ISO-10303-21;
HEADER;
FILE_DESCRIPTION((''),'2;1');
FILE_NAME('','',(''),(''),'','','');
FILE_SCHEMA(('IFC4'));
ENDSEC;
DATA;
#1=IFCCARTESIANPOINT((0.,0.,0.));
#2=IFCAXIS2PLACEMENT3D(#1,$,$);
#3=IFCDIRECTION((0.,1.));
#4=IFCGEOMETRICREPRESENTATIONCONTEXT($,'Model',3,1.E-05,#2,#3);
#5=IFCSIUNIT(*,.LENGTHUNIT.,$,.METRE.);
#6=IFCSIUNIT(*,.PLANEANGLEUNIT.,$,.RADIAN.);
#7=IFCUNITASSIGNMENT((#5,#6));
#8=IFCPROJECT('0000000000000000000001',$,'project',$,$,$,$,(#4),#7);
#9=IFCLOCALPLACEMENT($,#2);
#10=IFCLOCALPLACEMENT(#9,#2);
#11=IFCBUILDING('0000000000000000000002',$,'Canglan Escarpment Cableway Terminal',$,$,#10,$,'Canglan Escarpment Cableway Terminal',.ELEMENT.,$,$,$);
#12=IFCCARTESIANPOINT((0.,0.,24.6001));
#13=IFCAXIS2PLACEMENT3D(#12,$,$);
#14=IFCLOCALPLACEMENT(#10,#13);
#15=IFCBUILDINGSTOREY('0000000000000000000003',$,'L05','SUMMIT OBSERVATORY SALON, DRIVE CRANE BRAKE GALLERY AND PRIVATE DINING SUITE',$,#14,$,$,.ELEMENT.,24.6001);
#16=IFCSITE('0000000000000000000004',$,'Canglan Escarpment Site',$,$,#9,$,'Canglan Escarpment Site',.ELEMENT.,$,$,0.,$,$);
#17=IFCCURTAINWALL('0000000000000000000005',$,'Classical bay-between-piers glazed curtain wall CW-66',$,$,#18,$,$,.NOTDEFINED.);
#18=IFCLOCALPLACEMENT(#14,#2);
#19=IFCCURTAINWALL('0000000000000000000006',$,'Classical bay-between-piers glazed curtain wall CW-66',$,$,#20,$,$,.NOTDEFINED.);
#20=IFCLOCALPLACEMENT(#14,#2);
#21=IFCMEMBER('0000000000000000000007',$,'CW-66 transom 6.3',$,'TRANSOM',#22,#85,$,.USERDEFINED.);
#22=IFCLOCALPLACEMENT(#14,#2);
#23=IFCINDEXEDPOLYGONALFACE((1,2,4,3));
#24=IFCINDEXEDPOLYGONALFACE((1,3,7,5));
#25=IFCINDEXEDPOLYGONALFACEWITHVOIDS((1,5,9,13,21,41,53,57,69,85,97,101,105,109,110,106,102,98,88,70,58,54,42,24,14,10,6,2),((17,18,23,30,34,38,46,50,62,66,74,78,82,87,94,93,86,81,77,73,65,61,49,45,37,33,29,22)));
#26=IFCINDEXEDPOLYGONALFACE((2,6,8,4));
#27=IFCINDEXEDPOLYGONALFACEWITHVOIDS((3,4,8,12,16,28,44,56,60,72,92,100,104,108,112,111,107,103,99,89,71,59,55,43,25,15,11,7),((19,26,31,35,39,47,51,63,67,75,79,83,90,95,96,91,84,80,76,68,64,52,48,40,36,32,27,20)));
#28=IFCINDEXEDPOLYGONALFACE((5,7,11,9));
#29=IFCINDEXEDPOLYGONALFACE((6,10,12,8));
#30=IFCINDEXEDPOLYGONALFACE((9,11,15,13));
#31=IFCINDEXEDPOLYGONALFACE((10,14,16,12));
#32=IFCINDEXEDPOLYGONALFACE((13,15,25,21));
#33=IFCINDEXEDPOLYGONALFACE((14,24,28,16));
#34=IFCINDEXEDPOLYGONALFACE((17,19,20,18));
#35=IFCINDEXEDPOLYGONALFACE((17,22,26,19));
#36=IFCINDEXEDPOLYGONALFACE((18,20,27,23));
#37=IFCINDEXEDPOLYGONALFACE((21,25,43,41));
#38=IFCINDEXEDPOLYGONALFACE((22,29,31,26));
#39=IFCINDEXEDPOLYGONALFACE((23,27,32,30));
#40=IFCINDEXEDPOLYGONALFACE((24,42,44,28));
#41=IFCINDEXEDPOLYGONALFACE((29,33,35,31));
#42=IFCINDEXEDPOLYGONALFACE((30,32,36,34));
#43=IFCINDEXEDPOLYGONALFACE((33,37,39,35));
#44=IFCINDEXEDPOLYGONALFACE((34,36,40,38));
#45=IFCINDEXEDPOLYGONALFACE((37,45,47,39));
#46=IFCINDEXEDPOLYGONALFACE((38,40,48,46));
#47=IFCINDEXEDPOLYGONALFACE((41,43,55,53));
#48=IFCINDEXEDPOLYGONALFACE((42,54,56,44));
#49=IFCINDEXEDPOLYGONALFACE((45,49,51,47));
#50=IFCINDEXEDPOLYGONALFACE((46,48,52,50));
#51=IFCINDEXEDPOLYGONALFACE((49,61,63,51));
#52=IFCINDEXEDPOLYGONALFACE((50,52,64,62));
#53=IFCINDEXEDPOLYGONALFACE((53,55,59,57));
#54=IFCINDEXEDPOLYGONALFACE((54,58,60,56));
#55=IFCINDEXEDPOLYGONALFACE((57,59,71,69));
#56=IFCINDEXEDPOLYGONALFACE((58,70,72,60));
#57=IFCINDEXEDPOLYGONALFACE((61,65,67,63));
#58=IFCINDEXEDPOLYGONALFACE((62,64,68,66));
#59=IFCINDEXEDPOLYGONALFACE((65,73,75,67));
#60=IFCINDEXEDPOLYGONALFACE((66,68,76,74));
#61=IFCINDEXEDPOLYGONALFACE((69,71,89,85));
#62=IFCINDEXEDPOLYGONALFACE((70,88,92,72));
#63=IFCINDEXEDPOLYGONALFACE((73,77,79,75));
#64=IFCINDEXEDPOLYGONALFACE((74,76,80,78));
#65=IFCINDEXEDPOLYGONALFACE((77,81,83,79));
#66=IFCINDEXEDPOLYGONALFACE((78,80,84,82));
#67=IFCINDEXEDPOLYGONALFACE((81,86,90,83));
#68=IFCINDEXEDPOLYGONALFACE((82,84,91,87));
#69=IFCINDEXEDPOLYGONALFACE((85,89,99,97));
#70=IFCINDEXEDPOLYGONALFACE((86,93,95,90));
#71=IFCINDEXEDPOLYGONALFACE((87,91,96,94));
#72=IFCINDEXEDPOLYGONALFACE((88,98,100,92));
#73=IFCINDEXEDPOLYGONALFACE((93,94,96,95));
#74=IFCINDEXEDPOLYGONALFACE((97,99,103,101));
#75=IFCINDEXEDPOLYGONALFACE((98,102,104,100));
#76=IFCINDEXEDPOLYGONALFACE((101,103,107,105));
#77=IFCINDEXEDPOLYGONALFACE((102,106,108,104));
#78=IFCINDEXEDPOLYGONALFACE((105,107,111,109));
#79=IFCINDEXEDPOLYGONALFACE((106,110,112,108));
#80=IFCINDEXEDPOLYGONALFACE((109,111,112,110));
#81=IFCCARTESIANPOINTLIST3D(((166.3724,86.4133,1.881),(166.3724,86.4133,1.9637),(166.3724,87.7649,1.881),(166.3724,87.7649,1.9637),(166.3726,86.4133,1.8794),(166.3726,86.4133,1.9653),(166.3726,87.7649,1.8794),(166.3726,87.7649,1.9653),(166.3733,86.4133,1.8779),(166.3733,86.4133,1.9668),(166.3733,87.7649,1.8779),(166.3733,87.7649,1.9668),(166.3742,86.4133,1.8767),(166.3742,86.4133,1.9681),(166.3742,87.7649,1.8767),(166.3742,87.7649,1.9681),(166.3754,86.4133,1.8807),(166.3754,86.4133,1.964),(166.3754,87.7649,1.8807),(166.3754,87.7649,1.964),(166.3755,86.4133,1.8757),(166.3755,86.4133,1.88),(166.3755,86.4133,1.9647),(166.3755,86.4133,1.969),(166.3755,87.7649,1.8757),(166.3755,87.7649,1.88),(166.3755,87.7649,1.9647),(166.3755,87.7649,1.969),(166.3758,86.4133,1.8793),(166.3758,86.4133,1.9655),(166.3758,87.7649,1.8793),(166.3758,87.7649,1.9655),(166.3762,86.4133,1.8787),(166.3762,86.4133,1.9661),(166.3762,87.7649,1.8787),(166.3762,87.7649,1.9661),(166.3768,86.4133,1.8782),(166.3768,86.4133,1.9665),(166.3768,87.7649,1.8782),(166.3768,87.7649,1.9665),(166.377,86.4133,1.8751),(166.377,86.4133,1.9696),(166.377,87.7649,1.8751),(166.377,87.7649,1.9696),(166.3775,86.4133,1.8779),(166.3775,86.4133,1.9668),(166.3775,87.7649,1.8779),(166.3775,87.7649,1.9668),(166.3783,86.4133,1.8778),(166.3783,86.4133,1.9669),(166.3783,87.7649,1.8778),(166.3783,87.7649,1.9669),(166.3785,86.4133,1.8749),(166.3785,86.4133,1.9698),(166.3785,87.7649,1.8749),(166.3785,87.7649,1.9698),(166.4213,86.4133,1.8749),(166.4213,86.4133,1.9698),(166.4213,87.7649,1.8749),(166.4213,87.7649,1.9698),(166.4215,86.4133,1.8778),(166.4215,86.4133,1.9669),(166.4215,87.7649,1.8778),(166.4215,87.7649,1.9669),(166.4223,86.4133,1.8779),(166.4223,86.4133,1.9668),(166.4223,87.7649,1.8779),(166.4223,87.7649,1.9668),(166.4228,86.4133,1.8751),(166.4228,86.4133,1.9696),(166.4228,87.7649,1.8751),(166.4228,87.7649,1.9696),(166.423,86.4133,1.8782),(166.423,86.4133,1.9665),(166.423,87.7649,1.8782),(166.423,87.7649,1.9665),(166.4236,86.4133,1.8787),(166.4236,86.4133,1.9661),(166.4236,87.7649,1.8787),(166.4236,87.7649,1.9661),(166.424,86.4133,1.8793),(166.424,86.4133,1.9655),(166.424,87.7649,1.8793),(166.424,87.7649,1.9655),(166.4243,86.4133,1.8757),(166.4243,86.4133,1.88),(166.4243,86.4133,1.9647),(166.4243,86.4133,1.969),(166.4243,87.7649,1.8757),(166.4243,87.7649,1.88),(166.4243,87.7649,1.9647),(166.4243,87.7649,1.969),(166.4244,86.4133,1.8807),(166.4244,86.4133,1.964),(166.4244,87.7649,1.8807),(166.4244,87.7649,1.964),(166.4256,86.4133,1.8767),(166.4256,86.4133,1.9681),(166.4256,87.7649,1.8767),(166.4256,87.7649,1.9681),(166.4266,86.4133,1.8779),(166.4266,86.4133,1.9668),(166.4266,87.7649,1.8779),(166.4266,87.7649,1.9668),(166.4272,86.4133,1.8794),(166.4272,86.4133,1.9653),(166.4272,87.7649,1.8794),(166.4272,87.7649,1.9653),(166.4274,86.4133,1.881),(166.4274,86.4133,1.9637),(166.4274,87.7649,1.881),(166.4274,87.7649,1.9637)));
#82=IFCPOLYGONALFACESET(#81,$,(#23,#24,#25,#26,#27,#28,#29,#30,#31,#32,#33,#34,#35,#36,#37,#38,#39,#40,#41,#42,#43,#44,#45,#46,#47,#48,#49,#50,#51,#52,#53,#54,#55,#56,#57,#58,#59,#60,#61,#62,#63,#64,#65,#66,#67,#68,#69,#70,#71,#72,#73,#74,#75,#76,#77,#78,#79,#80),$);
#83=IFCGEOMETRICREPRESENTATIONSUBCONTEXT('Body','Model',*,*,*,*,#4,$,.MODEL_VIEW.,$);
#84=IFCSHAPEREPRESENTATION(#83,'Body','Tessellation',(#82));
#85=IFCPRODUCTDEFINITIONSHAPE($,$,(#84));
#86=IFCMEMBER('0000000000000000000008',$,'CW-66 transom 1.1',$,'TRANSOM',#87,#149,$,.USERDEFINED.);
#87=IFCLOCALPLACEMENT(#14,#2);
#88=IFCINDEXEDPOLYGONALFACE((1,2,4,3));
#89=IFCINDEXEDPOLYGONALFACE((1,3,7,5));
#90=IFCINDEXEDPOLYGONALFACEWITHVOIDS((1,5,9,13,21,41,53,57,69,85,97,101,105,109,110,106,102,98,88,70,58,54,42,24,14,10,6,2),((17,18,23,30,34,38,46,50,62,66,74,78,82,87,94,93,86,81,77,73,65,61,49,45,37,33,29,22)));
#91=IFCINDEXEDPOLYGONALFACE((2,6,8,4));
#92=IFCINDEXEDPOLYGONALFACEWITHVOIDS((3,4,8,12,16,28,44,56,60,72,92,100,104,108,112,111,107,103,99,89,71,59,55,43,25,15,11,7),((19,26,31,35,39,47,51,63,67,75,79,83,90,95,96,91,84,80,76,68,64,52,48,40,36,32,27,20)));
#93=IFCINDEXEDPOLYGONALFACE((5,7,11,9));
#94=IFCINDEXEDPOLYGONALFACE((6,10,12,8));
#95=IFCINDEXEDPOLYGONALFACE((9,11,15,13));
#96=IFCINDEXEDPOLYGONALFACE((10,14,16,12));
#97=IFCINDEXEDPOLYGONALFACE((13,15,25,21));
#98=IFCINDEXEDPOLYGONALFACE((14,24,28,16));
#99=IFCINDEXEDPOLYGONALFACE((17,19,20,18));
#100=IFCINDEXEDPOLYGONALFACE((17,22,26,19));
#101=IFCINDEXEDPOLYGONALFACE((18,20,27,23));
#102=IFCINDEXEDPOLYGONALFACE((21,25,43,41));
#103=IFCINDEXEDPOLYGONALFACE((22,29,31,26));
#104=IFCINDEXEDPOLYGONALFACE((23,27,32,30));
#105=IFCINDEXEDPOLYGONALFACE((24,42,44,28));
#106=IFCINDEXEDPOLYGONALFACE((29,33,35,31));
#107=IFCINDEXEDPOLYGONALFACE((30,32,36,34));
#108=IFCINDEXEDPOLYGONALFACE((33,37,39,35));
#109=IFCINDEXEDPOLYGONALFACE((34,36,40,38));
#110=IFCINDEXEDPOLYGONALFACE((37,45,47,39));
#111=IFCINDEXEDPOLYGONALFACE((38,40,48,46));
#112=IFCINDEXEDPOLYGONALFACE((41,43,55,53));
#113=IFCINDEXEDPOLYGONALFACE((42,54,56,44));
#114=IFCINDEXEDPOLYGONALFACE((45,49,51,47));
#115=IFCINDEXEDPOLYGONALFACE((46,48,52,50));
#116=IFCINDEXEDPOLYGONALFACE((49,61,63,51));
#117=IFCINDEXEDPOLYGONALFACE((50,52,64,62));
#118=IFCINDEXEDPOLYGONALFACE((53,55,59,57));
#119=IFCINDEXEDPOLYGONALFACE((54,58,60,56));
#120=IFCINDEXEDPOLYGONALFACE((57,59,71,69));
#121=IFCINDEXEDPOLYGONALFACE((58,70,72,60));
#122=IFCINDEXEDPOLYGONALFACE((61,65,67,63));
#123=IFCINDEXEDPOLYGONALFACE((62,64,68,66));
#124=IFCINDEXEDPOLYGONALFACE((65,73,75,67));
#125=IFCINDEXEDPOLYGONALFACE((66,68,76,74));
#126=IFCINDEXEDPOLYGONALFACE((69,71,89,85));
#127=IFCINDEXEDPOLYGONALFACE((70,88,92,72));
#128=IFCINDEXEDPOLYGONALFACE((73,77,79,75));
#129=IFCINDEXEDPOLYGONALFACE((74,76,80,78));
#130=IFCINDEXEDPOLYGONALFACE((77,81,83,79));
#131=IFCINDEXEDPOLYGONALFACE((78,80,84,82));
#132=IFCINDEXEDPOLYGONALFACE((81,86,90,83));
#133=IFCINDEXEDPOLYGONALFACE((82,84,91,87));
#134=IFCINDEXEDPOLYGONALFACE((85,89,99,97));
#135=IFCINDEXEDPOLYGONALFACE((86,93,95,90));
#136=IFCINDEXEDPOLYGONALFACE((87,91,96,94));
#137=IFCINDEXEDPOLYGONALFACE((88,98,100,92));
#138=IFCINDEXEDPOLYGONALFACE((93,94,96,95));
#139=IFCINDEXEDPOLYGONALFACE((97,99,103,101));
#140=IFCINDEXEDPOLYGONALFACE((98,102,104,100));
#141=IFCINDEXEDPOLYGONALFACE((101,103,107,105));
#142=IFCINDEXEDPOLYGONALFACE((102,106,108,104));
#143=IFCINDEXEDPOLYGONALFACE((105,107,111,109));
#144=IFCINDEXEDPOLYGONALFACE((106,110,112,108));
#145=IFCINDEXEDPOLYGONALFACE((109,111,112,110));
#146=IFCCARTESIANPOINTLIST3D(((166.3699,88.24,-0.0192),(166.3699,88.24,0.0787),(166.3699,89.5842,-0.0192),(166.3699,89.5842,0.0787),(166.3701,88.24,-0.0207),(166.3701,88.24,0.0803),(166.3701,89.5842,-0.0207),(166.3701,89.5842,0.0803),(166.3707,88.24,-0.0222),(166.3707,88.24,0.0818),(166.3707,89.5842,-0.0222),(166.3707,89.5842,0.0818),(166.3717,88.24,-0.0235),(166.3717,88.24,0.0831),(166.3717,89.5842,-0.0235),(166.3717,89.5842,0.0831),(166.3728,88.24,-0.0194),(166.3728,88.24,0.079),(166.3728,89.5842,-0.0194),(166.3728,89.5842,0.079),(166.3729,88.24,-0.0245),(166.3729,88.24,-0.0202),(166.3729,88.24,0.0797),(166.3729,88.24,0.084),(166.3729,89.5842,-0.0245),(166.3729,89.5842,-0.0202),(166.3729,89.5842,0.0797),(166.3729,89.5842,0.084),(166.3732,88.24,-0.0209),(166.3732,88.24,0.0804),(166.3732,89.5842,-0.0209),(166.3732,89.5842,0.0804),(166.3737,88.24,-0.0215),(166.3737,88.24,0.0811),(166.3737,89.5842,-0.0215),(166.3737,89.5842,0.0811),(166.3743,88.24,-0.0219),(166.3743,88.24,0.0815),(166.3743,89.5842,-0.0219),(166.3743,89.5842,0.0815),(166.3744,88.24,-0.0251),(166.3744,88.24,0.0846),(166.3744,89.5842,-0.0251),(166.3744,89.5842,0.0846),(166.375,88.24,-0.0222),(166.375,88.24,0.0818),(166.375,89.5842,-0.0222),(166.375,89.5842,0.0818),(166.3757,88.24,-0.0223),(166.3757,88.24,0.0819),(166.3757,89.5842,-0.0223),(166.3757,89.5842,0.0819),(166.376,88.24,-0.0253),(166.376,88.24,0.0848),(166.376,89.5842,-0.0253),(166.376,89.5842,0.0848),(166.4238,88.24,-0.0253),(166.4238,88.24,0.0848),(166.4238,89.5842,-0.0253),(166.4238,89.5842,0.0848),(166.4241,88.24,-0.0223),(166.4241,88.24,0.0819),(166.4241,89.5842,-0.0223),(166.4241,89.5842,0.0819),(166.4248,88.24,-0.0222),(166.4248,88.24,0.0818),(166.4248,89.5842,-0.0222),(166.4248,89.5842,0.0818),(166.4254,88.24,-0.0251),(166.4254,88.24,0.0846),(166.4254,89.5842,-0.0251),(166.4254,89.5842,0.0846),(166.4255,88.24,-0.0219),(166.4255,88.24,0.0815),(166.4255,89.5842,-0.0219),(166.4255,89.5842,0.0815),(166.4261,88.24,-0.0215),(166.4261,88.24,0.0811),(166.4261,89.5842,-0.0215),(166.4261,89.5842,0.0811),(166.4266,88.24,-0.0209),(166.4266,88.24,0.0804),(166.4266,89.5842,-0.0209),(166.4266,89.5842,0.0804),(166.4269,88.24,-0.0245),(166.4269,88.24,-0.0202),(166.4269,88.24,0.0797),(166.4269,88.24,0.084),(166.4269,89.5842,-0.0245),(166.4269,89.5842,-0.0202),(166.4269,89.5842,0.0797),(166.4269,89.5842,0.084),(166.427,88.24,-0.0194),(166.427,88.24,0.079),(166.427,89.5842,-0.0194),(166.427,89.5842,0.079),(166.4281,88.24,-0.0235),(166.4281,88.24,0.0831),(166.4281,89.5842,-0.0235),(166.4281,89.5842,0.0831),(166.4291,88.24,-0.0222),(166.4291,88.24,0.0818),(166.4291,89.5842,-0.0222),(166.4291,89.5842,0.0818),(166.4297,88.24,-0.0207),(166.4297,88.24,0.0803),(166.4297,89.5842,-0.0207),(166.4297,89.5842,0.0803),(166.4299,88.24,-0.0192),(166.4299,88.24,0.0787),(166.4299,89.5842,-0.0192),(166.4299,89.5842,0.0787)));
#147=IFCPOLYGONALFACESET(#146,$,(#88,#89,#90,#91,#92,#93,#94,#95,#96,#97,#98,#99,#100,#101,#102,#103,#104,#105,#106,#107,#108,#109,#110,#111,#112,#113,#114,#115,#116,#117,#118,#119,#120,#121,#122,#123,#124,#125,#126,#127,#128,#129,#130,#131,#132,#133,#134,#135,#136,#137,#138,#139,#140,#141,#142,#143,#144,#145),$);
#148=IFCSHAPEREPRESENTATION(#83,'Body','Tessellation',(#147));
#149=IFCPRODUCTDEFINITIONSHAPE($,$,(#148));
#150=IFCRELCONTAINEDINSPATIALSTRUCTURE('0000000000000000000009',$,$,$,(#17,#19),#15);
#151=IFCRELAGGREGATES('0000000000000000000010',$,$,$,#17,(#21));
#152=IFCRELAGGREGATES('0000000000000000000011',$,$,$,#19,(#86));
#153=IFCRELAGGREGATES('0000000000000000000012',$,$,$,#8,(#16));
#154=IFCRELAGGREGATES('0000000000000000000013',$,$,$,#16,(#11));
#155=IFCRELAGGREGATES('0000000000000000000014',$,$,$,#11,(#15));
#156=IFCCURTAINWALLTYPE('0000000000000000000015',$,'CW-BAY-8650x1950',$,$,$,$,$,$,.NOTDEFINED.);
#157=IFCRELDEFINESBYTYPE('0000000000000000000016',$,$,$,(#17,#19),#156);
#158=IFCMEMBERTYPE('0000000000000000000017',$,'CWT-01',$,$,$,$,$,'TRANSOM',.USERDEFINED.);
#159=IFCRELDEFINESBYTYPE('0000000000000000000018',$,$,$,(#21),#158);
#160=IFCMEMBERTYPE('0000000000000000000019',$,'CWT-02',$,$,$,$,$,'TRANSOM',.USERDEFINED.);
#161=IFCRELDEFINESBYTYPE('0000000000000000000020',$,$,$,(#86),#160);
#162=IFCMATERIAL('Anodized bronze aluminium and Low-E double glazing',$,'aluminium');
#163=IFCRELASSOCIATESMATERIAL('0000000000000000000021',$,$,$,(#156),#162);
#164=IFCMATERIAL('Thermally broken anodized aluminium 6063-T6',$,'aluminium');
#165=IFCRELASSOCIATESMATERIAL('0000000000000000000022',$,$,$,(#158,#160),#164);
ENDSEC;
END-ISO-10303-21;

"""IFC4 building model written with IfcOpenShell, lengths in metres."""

from ifc_helpers import new_model, si_unit, direction, frame, origin, origin_2d, place, context, subcontext, project, spatial, hollow_rectangle, extrude, material, material_profile, profile_set, type_object, element, aggregate, save


model = new_model("IFC4")

# Units and contexts
model_context = context("Model", 3, precision=1e-05, world=origin(), true_north=direction((0.0, 1.0)))
body_context = subcontext(model_context, "Body", "Model", "MODEL_VIEW")
ifc_project = project(units=[si_unit("LENGTHUNIT", "METRE"), si_unit("PLANEANGLEUNIT", "RADIAN")], contexts=[model_context])

# Site, building, storey
site_placement = place(None, origin())
site = spatial("IfcSite", under=ifc_project, at=site_placement, Name="Canglan Escarpment Site", LongName="Canglan Escarpment Site", CompositionType="ELEMENT", RefElevation=0.0)
building_placement = place(site_placement, origin())
building = spatial("IfcBuilding", under=site, at=building_placement, Name="Canglan Escarpment Cableway Terminal", LongName="Canglan Escarpment Cableway Terminal", CompositionType="ELEMENT")
storey_placement = place(building_placement, frame((0.0, 0.0, 24.6001)))
storey = spatial("IfcBuildingStorey", under=building, at=storey_placement, Name="L05", Description="SUMMIT OBSERVATORY SALON, DRIVE CRANE BRAKE GALLERY AND PRIVATE DINING SUITE", CompositionType="ELEMENT", Elevation=24.6001)

# Curtain walls
ifc_material_1 = material(Name="Anodized bronze aluminium and Low-E double glazing", Category="aluminium")
curtain_wall_type = type_object("IfcCurtainWallType", Name="CW-BAY-8650x1950", PredefinedType="NOTDEFINED", material=ifc_material_1)
curtain_wall_1_placement = place(storey_placement, origin())
curtain_wall_1 = element("IfcCurtainWall", 1, at=curtain_wall_1_placement, inside=storey, type_object=curtain_wall_type, Name="Classical bay-between-piers glazed curtain wall CW-66", PredefinedType="NOTDEFINED")
ifc_material_2 = material(Name="Thermally broken anodized aluminium 6063-T6", Category="aluminium")
curtain_wall_2_placement = place(storey_placement, origin())
curtain_wall_2 = element("IfcCurtainWall", 2, at=curtain_wall_2_placement, inside=storey, type_object=curtain_wall_type, Name="Classical bay-between-piers glazed curtain wall CW-66", PredefinedType="NOTDEFINED")

# Members
ifc_material_profile_1 = material_profile(ifc_material_2, hollow_rectangle(XDim=0.0549, YDim=0.095, WallThickness=0.0029, InnerFilletRadius=0.0029, OuterFilletRadius=0.0061, at=origin_2d()), Name="ALU-TRAN 55x95x3")
ifc_profile_set_1 = profile_set([ifc_material_profile_1], Name="Thermally broken anodized aluminium 6063-T6")
member_type_1 = type_object("IfcMemberType", Name="CWT-01", ElementType="TRANSOM", PredefinedType="USERDEFINED", material=ifc_profile_set_1)
member_1_placement = place(storey_placement, frame((166.3999, 86.4133, 1.9224), z_axis=(0.0, 1.0, 0.0), x_axis=(-1.0, 0.0, 0.0)))
member_1 = element("IfcMember", 3, at=member_1_placement, type_object=member_type_1, Name="CW-66 transom 6.3", ObjectType="TRANSOM", PredefinedType="USERDEFINED", context=body_context, shape_type="SweptSolid", body=[
    extrude(hollow_rectangle(XDim=0.0549, YDim=0.095, WallThickness=0.0029, InnerFilletRadius=0.0029, OuterFilletRadius=0.0061, at=origin_2d()), origin(), (0.0, 0.0, 1.0), 1.3516),
])
ifc_material_profile_2 = material_profile(ifc_material_2, hollow_rectangle(XDim=0.0601, YDim=0.1101, WallThickness=0.0029, InnerFilletRadius=0.0029, OuterFilletRadius=0.0061, at=origin_2d()), Name="ALU-TRAN 60x110x3")
ifc_profile_set_2 = profile_set([ifc_material_profile_2], Name="Thermally broken anodized aluminium 6063-T6")
member_type_2 = type_object("IfcMemberType", Name="CWT-02", ElementType="TRANSOM", PredefinedType="USERDEFINED", material=ifc_profile_set_2)
member_2_placement = place(storey_placement, frame((166.3999, 88.24, 0.0298), z_axis=(0.0, 1.0, 0.0), x_axis=(-1.0, 0.0, 0.0)))
member_2 = element("IfcMember", 4, at=member_2_placement, type_object=member_type_2, Name="CW-66 transom 1.1", ObjectType="TRANSOM", PredefinedType="USERDEFINED", context=body_context, shape_type="SweptSolid", body=[
    extrude(hollow_rectangle(XDim=0.0601, YDim=0.1101, WallThickness=0.0029, InnerFilletRadius=0.0029, OuterFilletRadius=0.0061, at=origin_2d()), origin(), (0.0, 0.0, 1.0), 1.3442),
])

aggregate(curtain_wall_1, [member_1])
aggregate(curtain_wall_2, [member_2])

save(model, "model.ifc")
